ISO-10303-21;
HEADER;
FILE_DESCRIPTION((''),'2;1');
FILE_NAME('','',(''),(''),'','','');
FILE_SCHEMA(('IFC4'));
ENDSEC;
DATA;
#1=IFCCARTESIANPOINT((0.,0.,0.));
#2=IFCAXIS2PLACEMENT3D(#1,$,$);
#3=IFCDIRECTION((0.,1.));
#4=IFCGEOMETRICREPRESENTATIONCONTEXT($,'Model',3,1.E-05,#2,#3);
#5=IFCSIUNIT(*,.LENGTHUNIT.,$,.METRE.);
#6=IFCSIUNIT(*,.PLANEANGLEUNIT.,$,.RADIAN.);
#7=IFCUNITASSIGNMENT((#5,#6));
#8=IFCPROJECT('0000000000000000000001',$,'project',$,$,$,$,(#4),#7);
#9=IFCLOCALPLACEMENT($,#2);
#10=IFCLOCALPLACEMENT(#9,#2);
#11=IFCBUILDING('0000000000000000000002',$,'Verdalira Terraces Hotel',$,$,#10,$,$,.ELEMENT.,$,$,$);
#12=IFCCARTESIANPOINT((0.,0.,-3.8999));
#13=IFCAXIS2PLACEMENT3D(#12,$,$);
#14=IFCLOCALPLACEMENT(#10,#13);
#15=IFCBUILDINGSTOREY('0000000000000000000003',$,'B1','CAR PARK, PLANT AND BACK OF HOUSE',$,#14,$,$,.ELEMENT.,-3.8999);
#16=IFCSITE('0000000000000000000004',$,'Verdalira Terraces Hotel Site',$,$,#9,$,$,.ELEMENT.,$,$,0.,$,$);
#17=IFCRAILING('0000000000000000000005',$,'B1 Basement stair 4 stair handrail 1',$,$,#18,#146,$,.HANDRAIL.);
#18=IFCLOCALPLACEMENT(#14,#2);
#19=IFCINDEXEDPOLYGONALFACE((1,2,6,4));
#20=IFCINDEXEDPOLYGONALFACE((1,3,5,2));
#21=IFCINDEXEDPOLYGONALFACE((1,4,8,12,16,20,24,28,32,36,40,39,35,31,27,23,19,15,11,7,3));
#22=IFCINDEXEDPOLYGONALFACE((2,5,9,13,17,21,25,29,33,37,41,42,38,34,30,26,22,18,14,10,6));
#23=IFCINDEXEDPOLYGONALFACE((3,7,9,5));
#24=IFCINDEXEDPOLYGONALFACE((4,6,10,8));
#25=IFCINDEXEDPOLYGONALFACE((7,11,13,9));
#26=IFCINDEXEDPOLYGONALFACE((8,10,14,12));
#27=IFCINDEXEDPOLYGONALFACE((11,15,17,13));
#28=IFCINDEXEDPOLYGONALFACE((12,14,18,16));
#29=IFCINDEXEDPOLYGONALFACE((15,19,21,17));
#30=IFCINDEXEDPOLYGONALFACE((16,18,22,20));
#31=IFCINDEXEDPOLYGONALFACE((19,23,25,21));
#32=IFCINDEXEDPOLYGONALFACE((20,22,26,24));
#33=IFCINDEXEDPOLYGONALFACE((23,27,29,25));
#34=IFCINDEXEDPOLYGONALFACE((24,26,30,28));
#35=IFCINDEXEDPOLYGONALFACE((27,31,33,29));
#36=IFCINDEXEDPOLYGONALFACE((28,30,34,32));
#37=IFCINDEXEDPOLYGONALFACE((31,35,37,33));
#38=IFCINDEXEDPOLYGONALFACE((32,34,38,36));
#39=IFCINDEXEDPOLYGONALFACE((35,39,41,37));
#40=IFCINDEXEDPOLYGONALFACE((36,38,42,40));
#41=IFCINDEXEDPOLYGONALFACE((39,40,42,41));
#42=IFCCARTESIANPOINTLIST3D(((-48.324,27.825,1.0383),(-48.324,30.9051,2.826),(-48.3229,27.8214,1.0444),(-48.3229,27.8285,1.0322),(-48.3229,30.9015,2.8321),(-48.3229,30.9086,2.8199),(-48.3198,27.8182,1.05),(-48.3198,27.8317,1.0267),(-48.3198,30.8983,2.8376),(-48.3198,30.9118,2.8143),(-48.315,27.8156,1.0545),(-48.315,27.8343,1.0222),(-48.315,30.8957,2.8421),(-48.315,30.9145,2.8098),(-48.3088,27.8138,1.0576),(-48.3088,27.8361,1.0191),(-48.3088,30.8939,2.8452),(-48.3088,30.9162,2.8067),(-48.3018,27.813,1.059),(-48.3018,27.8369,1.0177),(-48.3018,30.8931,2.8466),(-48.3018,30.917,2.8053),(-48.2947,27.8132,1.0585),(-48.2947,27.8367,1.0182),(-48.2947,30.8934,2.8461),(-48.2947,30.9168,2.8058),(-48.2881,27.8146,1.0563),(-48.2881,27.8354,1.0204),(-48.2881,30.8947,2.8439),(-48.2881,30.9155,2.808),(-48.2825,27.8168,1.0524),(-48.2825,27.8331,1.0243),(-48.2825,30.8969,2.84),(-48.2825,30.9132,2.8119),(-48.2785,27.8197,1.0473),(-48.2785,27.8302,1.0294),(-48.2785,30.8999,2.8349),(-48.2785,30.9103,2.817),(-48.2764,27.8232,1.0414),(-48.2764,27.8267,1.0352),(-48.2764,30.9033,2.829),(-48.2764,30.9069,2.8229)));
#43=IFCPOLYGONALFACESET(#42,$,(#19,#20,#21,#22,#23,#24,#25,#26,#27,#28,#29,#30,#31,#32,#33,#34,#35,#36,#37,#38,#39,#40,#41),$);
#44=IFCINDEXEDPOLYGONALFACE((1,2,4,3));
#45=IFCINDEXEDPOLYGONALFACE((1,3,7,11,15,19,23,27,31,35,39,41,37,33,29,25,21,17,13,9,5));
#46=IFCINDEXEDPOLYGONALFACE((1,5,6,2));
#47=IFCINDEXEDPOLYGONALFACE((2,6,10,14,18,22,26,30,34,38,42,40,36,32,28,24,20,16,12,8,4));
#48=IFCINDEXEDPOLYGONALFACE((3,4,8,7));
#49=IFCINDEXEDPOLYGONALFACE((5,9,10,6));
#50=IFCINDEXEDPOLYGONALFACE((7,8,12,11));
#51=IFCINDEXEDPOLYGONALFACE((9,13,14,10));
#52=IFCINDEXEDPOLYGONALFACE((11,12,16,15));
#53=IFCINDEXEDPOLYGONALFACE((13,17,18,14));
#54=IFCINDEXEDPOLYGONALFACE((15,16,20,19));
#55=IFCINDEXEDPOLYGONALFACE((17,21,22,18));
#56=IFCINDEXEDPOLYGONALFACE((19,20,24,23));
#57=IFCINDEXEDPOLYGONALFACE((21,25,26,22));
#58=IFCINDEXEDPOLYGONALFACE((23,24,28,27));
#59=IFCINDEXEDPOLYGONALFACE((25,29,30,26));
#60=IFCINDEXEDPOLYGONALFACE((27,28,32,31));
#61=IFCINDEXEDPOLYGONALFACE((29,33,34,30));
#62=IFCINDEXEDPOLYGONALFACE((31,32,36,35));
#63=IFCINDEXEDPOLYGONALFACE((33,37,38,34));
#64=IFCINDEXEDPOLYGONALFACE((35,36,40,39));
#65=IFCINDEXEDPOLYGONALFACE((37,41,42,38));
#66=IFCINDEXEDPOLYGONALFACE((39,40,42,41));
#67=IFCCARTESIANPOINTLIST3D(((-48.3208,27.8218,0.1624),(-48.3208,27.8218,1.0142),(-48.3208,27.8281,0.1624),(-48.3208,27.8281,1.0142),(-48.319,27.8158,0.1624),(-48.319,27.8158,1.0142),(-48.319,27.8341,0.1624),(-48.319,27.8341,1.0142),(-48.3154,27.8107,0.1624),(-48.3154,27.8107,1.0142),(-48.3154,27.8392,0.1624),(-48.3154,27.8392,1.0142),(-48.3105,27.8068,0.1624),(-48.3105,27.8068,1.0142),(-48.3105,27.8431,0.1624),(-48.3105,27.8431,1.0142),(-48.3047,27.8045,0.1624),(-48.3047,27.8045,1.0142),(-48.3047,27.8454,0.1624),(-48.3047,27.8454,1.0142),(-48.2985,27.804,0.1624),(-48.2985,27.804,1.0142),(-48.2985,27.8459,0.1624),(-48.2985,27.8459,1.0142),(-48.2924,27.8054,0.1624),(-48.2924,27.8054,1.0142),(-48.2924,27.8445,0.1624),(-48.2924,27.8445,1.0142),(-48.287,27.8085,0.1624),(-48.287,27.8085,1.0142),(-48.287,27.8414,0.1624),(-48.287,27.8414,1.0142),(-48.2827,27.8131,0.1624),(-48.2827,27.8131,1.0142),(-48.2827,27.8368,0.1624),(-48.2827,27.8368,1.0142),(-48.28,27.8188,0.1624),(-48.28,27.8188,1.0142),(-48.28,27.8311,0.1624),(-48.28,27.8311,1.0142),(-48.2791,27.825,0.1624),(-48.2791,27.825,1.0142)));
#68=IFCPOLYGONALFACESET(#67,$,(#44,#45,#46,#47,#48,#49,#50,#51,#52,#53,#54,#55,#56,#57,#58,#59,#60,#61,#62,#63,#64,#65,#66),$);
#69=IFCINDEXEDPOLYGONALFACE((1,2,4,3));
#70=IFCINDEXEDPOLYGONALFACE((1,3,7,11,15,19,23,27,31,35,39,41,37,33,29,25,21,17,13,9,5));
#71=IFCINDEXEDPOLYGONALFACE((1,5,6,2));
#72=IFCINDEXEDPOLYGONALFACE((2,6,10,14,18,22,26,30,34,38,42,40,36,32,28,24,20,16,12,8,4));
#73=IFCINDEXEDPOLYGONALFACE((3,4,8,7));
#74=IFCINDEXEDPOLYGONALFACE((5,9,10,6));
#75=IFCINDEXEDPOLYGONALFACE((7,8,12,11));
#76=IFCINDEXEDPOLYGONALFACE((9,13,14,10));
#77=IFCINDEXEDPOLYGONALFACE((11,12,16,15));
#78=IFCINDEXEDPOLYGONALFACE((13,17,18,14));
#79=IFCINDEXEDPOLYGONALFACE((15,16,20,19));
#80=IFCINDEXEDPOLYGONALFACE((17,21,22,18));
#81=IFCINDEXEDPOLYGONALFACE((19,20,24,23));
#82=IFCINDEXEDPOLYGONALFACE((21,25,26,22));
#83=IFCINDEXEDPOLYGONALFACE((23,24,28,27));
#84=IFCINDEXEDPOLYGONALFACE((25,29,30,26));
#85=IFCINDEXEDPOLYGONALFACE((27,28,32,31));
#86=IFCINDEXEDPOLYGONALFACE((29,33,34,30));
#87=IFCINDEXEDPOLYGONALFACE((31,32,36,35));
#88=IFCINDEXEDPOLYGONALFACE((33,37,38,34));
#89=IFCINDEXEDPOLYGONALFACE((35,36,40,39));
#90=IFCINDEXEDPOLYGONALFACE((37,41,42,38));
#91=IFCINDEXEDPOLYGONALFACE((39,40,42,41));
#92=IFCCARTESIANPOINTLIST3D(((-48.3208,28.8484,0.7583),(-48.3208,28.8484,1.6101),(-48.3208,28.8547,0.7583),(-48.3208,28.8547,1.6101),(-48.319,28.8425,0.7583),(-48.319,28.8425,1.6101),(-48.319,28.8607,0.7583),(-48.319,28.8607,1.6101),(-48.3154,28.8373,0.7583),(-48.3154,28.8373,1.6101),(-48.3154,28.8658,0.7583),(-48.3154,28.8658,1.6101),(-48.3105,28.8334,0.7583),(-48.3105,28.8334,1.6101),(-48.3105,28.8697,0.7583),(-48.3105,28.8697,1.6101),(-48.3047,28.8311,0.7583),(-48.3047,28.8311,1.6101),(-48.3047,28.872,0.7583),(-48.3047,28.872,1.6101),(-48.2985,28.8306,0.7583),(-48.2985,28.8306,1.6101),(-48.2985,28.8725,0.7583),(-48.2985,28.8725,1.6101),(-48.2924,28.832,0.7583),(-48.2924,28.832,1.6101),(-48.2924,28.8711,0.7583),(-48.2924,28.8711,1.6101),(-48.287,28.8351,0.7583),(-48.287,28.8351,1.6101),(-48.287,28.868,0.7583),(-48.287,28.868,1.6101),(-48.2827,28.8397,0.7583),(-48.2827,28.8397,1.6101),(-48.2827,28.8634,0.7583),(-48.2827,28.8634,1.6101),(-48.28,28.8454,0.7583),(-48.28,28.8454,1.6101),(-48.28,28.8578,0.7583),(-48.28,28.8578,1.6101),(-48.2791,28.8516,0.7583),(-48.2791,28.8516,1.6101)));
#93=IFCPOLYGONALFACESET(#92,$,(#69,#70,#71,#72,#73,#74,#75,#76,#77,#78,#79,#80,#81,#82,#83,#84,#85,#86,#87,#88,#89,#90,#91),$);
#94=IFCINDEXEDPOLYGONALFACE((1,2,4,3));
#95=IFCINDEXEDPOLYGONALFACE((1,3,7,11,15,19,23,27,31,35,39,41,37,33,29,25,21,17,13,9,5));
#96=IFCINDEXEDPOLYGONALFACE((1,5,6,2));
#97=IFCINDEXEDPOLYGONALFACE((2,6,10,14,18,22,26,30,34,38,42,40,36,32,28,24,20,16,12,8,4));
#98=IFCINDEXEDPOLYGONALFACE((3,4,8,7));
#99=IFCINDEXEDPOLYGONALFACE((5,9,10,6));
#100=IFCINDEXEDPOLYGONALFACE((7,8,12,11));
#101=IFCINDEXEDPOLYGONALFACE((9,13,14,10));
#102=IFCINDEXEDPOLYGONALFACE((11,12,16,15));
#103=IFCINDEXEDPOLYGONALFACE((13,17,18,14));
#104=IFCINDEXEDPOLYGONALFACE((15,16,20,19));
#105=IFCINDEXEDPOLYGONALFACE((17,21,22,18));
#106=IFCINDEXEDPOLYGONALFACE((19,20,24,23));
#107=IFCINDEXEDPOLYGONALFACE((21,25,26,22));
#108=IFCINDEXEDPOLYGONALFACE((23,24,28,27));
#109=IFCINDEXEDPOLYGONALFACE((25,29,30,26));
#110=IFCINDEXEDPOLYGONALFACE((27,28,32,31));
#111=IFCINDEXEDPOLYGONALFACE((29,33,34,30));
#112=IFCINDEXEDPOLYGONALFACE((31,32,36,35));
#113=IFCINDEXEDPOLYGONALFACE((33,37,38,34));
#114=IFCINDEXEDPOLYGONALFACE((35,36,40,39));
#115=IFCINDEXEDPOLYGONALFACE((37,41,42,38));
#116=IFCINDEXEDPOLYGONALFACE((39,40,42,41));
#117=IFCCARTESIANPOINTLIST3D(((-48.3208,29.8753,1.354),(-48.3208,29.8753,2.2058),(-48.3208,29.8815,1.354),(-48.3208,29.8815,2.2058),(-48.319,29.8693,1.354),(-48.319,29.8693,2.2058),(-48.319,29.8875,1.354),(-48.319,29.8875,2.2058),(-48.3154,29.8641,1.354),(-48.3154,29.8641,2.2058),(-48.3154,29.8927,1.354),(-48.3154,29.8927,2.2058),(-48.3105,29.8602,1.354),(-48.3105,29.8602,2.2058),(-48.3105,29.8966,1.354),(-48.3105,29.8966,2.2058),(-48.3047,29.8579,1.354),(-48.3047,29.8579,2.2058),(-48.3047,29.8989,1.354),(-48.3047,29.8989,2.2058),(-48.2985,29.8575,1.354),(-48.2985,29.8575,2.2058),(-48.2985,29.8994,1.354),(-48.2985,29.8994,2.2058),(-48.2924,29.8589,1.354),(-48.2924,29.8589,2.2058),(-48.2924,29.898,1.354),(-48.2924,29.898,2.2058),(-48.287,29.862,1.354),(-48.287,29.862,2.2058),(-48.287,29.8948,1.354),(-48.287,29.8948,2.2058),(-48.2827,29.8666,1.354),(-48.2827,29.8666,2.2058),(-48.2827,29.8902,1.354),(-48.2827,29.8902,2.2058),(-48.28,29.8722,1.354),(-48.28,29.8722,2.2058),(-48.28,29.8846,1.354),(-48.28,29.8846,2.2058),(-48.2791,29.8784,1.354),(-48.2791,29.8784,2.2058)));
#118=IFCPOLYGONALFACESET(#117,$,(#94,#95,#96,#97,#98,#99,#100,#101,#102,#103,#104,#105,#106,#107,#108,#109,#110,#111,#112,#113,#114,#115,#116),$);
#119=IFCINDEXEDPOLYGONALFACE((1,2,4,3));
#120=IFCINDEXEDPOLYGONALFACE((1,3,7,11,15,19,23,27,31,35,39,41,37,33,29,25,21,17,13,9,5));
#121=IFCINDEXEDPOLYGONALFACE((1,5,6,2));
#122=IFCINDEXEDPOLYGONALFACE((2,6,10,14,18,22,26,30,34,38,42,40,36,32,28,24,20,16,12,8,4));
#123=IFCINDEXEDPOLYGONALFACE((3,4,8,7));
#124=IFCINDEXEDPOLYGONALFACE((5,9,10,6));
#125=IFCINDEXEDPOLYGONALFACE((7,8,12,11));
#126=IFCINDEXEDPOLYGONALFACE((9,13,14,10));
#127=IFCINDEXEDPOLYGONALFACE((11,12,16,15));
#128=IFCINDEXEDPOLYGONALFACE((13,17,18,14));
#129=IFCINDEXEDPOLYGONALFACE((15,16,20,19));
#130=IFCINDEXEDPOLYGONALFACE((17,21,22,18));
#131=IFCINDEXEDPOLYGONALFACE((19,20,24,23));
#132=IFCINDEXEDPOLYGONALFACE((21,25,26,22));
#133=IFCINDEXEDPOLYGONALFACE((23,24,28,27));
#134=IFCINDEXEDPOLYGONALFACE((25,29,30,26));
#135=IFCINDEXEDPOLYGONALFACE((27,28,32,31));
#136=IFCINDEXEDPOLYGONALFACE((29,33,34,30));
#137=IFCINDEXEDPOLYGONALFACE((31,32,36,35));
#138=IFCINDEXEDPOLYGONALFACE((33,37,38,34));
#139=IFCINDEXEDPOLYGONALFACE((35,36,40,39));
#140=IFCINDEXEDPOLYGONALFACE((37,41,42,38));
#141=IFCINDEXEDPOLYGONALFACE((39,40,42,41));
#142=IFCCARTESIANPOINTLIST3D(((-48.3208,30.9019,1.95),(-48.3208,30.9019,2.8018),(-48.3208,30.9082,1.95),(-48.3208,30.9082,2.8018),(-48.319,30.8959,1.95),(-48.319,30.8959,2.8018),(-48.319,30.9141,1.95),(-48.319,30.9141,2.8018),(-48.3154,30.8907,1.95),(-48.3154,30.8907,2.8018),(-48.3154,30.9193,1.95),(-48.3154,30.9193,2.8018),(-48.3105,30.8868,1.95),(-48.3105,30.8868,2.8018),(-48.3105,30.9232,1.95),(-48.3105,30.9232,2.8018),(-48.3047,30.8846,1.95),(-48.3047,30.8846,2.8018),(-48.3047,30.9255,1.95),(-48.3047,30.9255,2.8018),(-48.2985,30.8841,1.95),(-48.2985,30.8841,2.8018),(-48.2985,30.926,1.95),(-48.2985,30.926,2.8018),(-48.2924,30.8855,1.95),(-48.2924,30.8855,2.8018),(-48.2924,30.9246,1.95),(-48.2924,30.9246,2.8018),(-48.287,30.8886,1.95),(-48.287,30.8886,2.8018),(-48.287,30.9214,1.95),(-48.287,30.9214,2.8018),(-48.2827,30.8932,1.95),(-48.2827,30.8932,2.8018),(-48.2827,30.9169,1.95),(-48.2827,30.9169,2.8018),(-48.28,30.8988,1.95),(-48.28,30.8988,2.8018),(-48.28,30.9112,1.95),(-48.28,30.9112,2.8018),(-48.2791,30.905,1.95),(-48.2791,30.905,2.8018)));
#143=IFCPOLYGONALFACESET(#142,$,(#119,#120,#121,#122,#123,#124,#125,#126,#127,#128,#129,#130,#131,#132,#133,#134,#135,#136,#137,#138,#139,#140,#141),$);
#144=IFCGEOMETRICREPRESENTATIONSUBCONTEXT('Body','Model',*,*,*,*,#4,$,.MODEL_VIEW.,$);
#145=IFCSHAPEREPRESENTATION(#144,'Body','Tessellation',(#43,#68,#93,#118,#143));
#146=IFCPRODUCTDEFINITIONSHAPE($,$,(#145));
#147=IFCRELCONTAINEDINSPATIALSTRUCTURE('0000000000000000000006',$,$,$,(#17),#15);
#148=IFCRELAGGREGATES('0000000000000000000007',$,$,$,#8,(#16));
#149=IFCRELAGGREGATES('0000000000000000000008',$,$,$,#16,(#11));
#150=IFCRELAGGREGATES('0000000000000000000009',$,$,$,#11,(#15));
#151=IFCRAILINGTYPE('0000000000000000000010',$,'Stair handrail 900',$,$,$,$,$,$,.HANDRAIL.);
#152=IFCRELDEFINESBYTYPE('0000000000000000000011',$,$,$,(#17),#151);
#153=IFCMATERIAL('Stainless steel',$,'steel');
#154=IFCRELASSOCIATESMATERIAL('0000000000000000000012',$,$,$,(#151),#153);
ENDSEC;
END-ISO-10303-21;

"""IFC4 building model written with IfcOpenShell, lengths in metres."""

from ifc_helpers import new_model, si_unit, direction, frame, origin, origin_2d, place, context, subcontext, project, spatial, circle, extrude, material, type_object, element, save


model = new_model("IFC4")

# Units and contexts
model_context = context("Model", 3, precision=1e-05, world=origin(), true_north=direction((0.0, 1.0)))
body_context = subcontext(model_context, "Body", "Model", "MODEL_VIEW")
ifc_project = project(units=[si_unit("LENGTHUNIT", "METRE"), si_unit("PLANEANGLEUNIT", "RADIAN")], contexts=[model_context])

# Site, building, storey
site_placement = place(None, origin())
site = spatial("IfcSite", under=ifc_project, at=site_placement, Name="Verdalira Terraces Hotel Site", CompositionType="ELEMENT", RefElevation=0.0)
building_placement = place(site_placement, origin())
building = spatial("IfcBuilding", under=site, at=building_placement, Name="Verdalira Terraces Hotel", CompositionType="ELEMENT")
storey_placement = place(building_placement, frame((0.0, 0.0, -3.8999)))
storey = spatial("IfcBuildingStorey", under=building, at=storey_placement, Name="B1", Description="CAR PARK, PLANT AND BACK OF HOUSE", CompositionType="ELEMENT", Elevation=-3.8999)

# Railing
ifc_material_1 = material(Name="Stainless steel", Category="steel")
railing_type_1 = type_object("IfcRailingType", Name="Stair handrail 900", PredefinedType="HANDRAIL", material=ifc_material_1)
railing_1_placement = place(storey_placement, frame((-48.3, 27.825, 0.1624)))
element("IfcRailing", 1, at=railing_1_placement, inside=storey, type_object=railing_type_1, Name="B1 Basement stair 4 stair handrail 1", PredefinedType="HANDRAIL", context=body_context, shape_type="SweptSolid", body=[
    extrude(circle(Radius=0.0239, at=origin_2d()), frame((0.0, 0.0, 0.876), z_axis=(0.0, 0.864891, 0.50196), x_axis=(-1.0, 0.0, 0.0)), (0.0, 0.0, 1.0), 3.5613),
    extrude(circle(Radius=0.021, at=origin_2d()), origin(), (0.0, 0.0, 1.0), 0.8518),
    extrude(circle(Radius=0.021, at=origin_2d()), frame((0.0, 1.0266, 0.5959)), (0.0, 0.0, 1.0), 0.8518),
    extrude(circle(Radius=0.021, at=origin_2d()), frame((0.0, 2.0535, 1.1917)), (0.0, 0.0, 1.0), 0.8518),
    extrude(circle(Radius=0.021, at=origin_2d()), frame((0.0, 3.0801, 1.7876)), (0.0, 0.0, 1.0), 0.8518),
])

save(model, "model.ifc")
